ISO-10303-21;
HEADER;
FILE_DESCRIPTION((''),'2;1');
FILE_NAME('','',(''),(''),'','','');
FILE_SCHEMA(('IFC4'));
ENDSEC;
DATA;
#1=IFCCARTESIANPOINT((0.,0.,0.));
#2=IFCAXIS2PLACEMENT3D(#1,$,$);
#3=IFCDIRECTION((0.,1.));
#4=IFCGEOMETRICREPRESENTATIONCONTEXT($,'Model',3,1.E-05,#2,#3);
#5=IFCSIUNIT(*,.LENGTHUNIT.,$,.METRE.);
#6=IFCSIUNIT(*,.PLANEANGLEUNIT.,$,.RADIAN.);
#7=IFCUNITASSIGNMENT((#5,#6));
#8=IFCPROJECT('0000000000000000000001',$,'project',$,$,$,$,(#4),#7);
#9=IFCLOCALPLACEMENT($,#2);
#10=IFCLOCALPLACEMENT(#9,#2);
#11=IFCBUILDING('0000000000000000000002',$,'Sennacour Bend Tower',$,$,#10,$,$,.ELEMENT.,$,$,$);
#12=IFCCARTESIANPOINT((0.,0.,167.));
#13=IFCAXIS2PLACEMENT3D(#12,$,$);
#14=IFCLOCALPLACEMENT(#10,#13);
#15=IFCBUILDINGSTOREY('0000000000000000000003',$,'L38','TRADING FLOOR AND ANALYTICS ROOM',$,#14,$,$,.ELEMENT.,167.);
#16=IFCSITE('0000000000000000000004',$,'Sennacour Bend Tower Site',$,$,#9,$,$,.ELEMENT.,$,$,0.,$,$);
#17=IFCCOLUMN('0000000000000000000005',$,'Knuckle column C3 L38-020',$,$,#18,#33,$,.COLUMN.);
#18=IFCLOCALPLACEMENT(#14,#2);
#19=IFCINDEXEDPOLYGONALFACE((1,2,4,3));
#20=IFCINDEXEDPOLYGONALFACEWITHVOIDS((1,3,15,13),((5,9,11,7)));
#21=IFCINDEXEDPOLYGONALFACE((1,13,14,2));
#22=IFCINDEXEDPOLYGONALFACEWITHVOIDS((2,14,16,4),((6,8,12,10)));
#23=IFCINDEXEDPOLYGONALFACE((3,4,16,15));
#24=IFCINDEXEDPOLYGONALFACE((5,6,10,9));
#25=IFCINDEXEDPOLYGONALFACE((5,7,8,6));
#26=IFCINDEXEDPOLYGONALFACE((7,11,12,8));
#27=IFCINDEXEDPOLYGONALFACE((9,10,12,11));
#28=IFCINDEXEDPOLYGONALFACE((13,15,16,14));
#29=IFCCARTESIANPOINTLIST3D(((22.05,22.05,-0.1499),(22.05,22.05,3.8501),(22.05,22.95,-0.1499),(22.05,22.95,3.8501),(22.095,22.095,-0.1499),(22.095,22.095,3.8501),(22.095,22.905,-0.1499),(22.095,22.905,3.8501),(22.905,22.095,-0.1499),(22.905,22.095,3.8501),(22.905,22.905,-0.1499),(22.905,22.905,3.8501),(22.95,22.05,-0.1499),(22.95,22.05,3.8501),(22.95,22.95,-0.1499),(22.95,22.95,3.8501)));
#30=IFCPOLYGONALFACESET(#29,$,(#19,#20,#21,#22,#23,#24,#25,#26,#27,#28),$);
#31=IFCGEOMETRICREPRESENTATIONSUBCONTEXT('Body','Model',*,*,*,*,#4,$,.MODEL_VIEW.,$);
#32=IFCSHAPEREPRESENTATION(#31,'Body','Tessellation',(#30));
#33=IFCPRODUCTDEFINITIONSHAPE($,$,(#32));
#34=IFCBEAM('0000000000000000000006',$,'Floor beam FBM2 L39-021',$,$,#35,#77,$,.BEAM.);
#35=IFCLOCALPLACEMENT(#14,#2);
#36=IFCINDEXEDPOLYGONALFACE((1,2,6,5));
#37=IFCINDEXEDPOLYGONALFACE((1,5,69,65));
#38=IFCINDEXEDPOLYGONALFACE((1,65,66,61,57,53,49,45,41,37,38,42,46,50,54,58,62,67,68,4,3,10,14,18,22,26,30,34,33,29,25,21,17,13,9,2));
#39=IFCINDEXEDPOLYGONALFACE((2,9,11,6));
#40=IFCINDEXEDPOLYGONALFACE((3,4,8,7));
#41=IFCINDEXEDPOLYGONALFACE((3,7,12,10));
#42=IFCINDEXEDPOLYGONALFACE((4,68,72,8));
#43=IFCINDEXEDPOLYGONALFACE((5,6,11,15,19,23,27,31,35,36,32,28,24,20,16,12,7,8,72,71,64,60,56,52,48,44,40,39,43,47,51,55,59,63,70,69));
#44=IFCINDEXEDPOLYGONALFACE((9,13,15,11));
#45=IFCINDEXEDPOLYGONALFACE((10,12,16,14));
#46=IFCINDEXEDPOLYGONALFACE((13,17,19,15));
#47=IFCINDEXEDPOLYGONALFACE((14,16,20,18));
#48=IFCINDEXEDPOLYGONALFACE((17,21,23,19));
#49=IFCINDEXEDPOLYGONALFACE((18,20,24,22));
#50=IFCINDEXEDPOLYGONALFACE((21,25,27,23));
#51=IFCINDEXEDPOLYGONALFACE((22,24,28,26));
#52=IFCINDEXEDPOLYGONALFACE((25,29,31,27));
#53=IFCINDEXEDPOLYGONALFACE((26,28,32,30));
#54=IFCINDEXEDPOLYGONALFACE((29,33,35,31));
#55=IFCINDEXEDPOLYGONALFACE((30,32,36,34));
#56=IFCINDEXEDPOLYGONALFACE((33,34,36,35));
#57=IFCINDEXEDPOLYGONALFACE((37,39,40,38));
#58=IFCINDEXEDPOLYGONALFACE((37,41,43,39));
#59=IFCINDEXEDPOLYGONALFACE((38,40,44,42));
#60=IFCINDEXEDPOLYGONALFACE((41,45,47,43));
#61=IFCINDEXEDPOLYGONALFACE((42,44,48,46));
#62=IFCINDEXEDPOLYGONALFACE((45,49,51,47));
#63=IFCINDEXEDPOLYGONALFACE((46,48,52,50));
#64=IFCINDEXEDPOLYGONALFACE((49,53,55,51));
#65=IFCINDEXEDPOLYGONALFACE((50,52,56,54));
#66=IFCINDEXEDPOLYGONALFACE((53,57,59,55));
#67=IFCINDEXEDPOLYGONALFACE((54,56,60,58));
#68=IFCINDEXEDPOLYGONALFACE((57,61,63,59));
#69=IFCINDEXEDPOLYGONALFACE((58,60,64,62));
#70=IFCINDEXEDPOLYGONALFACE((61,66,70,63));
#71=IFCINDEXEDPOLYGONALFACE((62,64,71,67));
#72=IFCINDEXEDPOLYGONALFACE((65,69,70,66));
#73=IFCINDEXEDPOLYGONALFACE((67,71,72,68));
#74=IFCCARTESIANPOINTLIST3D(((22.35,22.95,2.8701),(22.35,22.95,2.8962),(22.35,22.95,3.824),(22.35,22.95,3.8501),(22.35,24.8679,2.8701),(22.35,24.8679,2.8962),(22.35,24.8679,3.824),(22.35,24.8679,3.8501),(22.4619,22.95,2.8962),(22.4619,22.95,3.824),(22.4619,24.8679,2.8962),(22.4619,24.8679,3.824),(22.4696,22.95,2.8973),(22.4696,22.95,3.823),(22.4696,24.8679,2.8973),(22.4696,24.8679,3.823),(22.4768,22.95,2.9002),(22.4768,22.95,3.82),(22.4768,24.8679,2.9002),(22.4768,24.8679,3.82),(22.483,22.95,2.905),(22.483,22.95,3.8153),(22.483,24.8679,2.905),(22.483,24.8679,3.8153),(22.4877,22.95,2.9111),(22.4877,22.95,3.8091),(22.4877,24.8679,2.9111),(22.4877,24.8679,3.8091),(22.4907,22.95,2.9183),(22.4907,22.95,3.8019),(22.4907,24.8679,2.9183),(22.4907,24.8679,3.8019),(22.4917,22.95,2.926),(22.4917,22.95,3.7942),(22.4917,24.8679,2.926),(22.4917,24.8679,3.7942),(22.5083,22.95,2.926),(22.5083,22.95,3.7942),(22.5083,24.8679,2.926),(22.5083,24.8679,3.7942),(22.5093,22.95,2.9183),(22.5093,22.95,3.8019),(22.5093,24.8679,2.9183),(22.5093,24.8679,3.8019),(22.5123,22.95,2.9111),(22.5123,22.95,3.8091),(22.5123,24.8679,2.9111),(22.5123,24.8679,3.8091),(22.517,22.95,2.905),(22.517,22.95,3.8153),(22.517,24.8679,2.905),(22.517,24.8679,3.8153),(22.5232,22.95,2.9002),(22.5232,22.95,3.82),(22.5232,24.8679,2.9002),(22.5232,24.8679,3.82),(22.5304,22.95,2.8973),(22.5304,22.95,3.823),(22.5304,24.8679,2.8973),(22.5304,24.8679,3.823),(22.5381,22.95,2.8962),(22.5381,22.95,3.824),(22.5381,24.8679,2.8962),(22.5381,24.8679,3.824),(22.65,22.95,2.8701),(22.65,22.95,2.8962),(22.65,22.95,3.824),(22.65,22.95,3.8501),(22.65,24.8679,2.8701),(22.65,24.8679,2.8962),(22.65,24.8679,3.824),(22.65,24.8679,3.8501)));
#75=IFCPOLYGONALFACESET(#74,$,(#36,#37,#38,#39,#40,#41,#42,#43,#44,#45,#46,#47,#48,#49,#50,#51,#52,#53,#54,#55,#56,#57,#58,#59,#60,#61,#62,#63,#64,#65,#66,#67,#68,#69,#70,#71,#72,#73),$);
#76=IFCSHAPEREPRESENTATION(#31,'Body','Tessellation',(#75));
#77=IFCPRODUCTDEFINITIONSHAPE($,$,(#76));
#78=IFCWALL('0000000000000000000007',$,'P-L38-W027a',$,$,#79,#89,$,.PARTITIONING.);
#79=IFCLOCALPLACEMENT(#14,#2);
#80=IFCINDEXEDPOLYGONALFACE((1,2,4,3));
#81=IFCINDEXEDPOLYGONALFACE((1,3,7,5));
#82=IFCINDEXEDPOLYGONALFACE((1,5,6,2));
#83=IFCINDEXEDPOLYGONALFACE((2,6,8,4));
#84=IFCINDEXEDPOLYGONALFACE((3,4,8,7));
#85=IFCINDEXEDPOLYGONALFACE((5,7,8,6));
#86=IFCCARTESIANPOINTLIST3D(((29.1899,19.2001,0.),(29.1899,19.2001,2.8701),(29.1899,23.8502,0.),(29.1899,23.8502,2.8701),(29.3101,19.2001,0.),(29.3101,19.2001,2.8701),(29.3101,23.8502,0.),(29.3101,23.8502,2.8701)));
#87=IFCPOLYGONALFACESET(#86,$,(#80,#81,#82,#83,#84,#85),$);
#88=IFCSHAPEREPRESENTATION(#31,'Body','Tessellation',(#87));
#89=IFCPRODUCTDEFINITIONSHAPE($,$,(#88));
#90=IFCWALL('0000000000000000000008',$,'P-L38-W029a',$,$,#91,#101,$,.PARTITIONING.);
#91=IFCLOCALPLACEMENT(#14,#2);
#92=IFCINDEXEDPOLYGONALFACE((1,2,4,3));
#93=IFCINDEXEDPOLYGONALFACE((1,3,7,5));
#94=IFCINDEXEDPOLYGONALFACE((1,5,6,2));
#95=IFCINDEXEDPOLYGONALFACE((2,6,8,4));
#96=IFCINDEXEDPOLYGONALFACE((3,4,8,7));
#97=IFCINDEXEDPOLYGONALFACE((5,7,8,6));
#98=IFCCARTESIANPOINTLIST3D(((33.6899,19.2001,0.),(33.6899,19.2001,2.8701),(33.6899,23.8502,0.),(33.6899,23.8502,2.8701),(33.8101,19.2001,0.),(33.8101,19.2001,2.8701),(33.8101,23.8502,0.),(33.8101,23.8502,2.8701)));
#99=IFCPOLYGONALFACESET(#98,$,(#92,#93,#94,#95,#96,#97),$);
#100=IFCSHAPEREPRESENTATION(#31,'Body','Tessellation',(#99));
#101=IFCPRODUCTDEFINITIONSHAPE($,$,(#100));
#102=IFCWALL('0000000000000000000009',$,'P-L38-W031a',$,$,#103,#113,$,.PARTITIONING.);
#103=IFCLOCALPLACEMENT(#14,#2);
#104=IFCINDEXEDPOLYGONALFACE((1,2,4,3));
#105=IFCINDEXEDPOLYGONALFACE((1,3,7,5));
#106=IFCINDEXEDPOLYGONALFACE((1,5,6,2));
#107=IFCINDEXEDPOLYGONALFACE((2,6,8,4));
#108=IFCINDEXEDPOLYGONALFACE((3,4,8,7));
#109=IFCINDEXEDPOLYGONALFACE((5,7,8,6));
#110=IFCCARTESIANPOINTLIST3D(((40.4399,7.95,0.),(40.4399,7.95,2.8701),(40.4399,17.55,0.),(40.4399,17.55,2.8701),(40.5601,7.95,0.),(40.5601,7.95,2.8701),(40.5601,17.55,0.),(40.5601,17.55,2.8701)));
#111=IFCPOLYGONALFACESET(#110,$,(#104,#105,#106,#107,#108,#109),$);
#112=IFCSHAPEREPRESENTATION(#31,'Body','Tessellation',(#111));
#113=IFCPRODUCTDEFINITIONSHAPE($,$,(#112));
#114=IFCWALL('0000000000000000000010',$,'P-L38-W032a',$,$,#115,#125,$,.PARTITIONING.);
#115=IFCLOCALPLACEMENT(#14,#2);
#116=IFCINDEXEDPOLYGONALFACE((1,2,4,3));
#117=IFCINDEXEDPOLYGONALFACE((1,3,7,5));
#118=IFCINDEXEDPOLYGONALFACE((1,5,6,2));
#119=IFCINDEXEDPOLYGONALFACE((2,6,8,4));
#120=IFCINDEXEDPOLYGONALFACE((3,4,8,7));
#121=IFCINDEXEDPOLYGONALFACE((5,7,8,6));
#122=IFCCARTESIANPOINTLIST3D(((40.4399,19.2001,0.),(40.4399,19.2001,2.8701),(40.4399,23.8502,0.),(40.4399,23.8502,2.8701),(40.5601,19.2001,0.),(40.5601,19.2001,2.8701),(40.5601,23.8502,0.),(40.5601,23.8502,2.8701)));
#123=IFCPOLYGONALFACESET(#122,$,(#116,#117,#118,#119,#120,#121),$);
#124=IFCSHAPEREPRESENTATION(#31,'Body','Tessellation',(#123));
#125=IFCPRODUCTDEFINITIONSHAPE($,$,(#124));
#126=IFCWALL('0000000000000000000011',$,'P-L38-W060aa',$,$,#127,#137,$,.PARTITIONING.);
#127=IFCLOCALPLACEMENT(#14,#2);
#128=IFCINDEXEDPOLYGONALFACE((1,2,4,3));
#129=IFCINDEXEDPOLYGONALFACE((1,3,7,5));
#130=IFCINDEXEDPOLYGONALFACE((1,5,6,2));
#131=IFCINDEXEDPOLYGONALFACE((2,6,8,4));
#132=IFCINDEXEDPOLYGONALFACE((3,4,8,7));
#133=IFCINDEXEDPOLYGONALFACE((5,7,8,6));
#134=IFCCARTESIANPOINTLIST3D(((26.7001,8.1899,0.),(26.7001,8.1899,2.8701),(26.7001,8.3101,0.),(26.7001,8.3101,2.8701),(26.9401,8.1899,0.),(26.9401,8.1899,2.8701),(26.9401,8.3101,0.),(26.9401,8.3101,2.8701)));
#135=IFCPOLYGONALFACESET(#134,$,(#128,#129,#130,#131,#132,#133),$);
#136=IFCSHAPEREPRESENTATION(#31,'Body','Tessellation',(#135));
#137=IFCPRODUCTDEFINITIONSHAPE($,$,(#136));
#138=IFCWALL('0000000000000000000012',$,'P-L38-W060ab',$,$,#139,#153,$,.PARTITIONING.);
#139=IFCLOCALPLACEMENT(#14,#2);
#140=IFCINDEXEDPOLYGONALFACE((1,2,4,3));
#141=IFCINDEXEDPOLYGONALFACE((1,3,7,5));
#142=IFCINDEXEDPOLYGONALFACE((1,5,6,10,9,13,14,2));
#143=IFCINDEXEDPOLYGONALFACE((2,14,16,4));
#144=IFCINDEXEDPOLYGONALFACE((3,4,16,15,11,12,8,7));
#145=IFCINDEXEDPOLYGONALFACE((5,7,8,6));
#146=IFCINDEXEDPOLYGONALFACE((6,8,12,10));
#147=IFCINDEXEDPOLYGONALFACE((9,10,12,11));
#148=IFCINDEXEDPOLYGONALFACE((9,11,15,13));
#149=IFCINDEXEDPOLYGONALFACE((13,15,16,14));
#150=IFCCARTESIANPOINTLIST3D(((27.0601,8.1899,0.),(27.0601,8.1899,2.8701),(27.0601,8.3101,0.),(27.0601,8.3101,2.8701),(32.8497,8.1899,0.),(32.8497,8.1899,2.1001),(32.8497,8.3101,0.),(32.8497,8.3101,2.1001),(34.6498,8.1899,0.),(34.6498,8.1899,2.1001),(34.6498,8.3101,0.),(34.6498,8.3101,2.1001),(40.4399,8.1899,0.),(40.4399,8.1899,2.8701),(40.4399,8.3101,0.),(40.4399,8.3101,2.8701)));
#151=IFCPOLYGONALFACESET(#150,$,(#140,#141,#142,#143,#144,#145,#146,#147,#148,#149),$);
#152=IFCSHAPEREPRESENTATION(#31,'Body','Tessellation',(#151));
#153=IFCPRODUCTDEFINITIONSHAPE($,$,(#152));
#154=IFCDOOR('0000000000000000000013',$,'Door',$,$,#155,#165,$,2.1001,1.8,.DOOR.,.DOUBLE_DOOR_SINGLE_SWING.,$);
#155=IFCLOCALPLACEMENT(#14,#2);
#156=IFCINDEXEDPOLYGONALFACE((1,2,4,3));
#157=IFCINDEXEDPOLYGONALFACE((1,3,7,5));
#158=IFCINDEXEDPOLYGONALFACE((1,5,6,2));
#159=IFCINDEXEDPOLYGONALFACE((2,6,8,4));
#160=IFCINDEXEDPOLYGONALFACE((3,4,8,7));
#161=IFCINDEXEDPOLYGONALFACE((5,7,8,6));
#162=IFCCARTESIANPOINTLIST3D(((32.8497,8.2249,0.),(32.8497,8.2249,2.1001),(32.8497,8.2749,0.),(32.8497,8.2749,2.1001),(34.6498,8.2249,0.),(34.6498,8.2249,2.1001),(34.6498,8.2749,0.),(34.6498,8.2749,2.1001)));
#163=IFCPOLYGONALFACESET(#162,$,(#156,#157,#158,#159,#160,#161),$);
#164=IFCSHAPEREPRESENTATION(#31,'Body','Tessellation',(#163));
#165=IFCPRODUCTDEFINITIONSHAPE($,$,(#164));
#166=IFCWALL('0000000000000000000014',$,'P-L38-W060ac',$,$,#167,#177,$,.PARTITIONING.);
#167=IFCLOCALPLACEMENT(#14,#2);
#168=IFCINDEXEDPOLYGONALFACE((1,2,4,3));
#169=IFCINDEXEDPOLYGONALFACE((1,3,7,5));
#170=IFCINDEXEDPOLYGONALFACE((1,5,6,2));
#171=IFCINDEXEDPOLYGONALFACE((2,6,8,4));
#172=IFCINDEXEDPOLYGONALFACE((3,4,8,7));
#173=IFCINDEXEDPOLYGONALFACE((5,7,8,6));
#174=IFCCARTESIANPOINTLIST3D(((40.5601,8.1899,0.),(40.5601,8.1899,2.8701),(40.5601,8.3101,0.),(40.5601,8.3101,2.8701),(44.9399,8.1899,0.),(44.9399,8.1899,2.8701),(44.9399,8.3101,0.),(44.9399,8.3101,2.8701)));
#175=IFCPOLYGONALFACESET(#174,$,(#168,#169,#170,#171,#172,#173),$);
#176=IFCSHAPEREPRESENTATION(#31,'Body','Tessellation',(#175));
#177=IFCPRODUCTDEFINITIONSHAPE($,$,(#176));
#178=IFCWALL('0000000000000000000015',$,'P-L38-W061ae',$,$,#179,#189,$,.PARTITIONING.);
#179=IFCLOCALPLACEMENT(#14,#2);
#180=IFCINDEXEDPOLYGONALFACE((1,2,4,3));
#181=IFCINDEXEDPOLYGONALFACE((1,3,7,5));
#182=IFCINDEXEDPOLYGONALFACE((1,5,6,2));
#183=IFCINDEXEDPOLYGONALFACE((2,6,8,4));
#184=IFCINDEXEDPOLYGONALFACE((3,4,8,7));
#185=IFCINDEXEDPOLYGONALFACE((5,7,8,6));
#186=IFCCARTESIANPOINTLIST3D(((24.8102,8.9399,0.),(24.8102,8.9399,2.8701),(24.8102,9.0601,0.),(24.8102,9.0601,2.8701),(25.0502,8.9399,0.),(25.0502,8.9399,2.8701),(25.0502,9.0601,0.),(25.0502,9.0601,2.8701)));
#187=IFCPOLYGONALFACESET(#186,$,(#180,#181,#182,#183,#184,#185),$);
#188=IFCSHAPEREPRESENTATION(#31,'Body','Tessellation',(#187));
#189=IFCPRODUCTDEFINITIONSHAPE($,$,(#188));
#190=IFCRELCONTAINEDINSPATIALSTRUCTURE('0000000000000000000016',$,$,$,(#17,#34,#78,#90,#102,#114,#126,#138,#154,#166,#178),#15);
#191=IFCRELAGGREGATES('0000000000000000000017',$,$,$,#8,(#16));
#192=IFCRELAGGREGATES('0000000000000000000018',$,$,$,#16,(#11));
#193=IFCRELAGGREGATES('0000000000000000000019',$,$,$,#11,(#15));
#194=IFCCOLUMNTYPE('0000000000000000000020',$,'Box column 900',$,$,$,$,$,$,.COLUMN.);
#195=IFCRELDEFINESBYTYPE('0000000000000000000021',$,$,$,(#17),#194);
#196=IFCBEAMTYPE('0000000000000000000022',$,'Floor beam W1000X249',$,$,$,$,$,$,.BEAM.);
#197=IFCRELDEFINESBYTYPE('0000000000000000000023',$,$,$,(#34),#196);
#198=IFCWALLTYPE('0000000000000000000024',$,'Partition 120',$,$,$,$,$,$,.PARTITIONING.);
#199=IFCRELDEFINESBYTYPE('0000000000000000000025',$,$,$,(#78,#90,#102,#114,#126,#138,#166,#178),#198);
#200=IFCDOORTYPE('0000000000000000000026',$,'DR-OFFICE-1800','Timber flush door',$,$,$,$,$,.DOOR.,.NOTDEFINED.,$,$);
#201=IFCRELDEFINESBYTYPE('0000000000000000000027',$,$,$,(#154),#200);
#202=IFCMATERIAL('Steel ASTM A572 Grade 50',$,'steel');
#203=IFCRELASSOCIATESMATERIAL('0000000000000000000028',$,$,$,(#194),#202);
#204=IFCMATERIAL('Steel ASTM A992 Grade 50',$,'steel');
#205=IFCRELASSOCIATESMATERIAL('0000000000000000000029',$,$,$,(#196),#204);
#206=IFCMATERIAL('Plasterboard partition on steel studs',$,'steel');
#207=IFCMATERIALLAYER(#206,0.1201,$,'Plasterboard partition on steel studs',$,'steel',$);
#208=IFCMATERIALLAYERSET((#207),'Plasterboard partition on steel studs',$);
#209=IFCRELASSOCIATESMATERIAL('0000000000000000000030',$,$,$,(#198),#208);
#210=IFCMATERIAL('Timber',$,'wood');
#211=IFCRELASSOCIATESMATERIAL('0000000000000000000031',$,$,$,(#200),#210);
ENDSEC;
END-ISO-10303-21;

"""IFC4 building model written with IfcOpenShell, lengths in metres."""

from ifc_helpers import new_model, si_unit, direction, frame, frame_2d, origin, origin_2d, place, context, subcontext, project, spatial, rectangle, hollow_rectangle, i_section, extrude, material, layer, layer_set, material_profile, profile_set, type_object, element, fill, save


model = new_model("IFC4")

# Units and contexts
model_context = context("Model", 3, precision=1e-05, world=origin(), true_north=direction((0.0, 1.0)))
body_context = subcontext(model_context, "Body", "Model", "MODEL_VIEW")
ifc_project = project(units=[si_unit("LENGTHUNIT", "METRE"), si_unit("PLANEANGLEUNIT", "RADIAN")], contexts=[model_context])

# Site, building, storey
site_placement = place(None, origin())
site = spatial("IfcSite", under=ifc_project, at=site_placement, Name="Sennacour Bend Tower Site", CompositionType="ELEMENT", RefElevation=0.0)
building_placement = place(site_placement, origin())
building = spatial("IfcBuilding", under=site, at=building_placement, Name="Sennacour Bend Tower", CompositionType="ELEMENT")
storey_placement = place(building_placement, frame((0.0, 0.0, 167.0)))
storey = spatial("IfcBuildingStorey", under=building, at=storey_placement, Name="L38", Description="TRADING FLOOR AND ANALYTICS ROOM", CompositionType="ELEMENT", Elevation=167.0)

# Column
ifc_material_1 = material(Name="Steel ASTM A572 Grade 50", Category="steel")
ifc_material_profile_1 = material_profile(ifc_material_1, hollow_rectangle(XDim=0.8999, YDim=0.8999, WallThickness=0.0449, at=origin_2d()), Name="Steel ASTM A572 Grade 50", Category="steel")
ifc_profile_set_1 = profile_set([ifc_material_profile_1], Name="Steel ASTM A572 Grade 50")
column_type = type_object("IfcColumnType", Name="Box column 900", PredefinedType="COLUMN", material=ifc_profile_set_1)
column_placement = place(storey_placement, frame((22.5, 22.5, -0.1499), z_axis=(0.0, 0.0, 1.0), x_axis=(1.0, 0.0, 0.0)))
element("IfcColumn", 1, at=column_placement, inside=storey, type_object=column_type, Name="Knuckle column C3 L38-020", PredefinedType="COLUMN", context=body_context, shape_type="SweptSolid", body=[
    extrude(hollow_rectangle(XDim=0.8999, YDim=0.8999, WallThickness=0.0449, at=origin_2d()), origin(), (0.0, 0.0, 1.0), 4.0),
])

# Beam
ifc_material_2 = material(Name="Steel ASTM A992 Grade 50", Category="steel")
ifc_material_profile_2 = material_profile(ifc_material_2, i_section(OverallWidth=0.3, OverallDepth=0.98, WebThickness=0.0166, FlangeThickness=0.0261, FilletRadius=0.0298, at=origin_2d()), Name="Steel ASTM A992 Grade 50", Category="steel")
ifc_profile_set_2 = profile_set([ifc_material_profile_2], Name="Steel ASTM A992 Grade 50")
beam_type = type_object("IfcBeamType", Name="Floor beam W1000X249", PredefinedType="BEAM", material=ifc_profile_set_2)
beam_placement = place(storey_placement, frame((22.5, 22.95, 3.3601), z_axis=(0.0, 1.0, 0.0), x_axis=(-1.0, 0.0, 0.0)))
element("IfcBeam", 2, at=beam_placement, inside=storey, type_object=beam_type, Name="Floor beam FBM2 L39-021", PredefinedType="BEAM", context=body_context, shape_type="SweptSolid", body=[
    extrude(i_section(OverallWidth=0.3, OverallDepth=0.98, WebThickness=0.0166, FlangeThickness=0.0261, FilletRadius=0.0298, at=origin_2d()), origin(), (0.0, 0.0, 1.0), 1.918),
])

# Walls
ifc_material_3 = material(Name="Plasterboard partition on steel studs", Category="steel")
ifc_layer = layer(ifc_material_3, 0.1201, Name="Plasterboard partition on steel studs", Category="steel")
ifc_layer_set = layer_set([ifc_layer], Name="Plasterboard partition on steel studs")
wall_type = type_object("IfcWallType", Name="Partition 120", PredefinedType="PARTITIONING", material=ifc_layer_set)
for number, where, z_axis, x_axis, name in (
    (3, (29.25, 19.2, 0.0), (0.0, 0.0, 1.0), (0.0, 1.0, 0.0), "P-L38-W027a"),
    (4, (33.75, 19.2, 0.0), (0.0, 0.0, 1.0), (0.0, 1.0, 0.0), "P-L38-W029a"),
):
    element("IfcWall", number, at=place(storey_placement, frame(where, z_axis=z_axis, x_axis=x_axis)), inside=storey, type_object=wall_type, Name=name, PredefinedType="PARTITIONING", context=body_context, shape_type="SweptSolid", body=[
        extrude(rectangle(XDim=4.6501, YDim=0.1201, at=frame_2d((2.3252, 0.0))), origin(), (0.0, 0.0, 1.0), 2.8701),
    ])
wall_1_placement = place(storey_placement, frame((40.5, 7.95, 0.0), z_axis=(0.0, 0.0, 1.0), x_axis=(0.0, 1.0, 0.0)))
element("IfcWall", 5, at=wall_1_placement, inside=storey, type_object=wall_type, Name="P-L38-W031a", PredefinedType="PARTITIONING", context=body_context, shape_type="SweptSolid", body=[
    extrude(rectangle(XDim=9.6001, YDim=0.1201, at=frame_2d((4.8, 0.0))), origin(), (0.0, 0.0, 1.0), 2.8701),
])
wall_2_placement = place(storey_placement, frame((40.5, 19.2, 0.0), z_axis=(0.0, 0.0, 1.0), x_axis=(0.0, 1.0, 0.0)))
element("IfcWall", 6, at=wall_2_placement, inside=storey, type_object=wall_type, Name="P-L38-W032a", PredefinedType="PARTITIONING", context=body_context, shape_type="SweptSolid", body=[
    extrude(rectangle(XDim=4.6501, YDim=0.1201, at=frame_2d((2.3252, 0.0))), origin(), (0.0, 0.0, 1.0), 2.8701),
])
wall_3_placement = place(storey_placement, frame((26.7, 8.25, 0.0), z_axis=(0.0, 0.0, 1.0), x_axis=(1.0, 0.0, 0.0)))
element("IfcWall", 7, at=wall_3_placement, inside=storey, type_object=wall_type, Name="P-L38-W060aa", PredefinedType="PARTITIONING", context=body_context, shape_type="SweptSolid", body=[
    extrude(rectangle(XDim=0.24, YDim=0.1201, at=frame_2d((0.1201, 0.0))), origin(), (0.0, 0.0, 1.0), 2.8701),
])

# Wall, opening, door
wall_4_placement = place(storey_placement, frame((27.0601, 8.25, 0.0), z_axis=(0.0, 0.0, 1.0), x_axis=(1.0, 0.0, 0.0)))
wall_4 = element("IfcWall", 8, at=wall_4_placement, inside=storey, type_object=wall_type, Name="P-L38-W060ab", PredefinedType="PARTITIONING", context=body_context, shape_type="SweptSolid", body=[
    extrude(rectangle(XDim=13.3799, YDim=0.1201, at=frame_2d((6.6899, 0.0))), origin(), (0.0, 0.0, 1.0), 2.8701),
])
opening_1_placement = place(wall_4_placement, frame((5.7898, 0.0, 0.0)))
opening_1 = element("IfcOpeningElement", 9, at=opening_1_placement, cuts=wall_4, PredefinedType="OPENING", context=body_context, shape_type="SweptSolid", body=[
    extrude(rectangle(XDim=1.8, YDim=2.1001, at=frame_2d((0.8999, 1.05))), frame((0.0, 0.0701, 0.0), z_axis=(0.0, -1.0, 0.0), x_axis=(1.0, 0.0, 0.0)), (0.0, 0.0, 1.0), 0.1401),
])
ifc_material_4 = material(Name="Timber", Category="wood")
door_type_1 = type_object("IfcDoorType", Name="DR-OFFICE-1800", Description="Timber flush door", OperationType="NOTDEFINED", PredefinedType="DOOR", material=ifc_material_4)
door_1_placement = place(opening_1_placement, origin())
door_1 = element("IfcDoor", 10, at=door_1_placement, inside=storey, type_object=door_type_1, Name="Door", OperationType="DOUBLE_DOOR_SINGLE_SWING", OverallHeight=2.1001, OverallWidth=1.8, PredefinedType="DOOR", context=body_context, shape_type="SweptSolid", body=[
    extrude(rectangle(XDim=1.8, YDim=2.1001, at=frame_2d((0.8999, 1.05))), frame((0.0, 0.0249, 0.0), z_axis=(0.0, -1.0, 0.0), x_axis=(1.0, 0.0, 0.0)), (0.0, 0.0, 1.0), 0.05),
])
fill(opening_1, door_1)

# Walls
wall_5_placement = place(storey_placement, frame((40.5601, 8.25, 0.0), z_axis=(0.0, 0.0, 1.0), x_axis=(1.0, 0.0, 0.0)))
element("IfcWall", 11, at=wall_5_placement, inside=storey, type_object=wall_type, Name="P-L38-W060ac", PredefinedType="PARTITIONING", context=body_context, shape_type="SweptSolid", body=[
    extrude(rectangle(XDim=4.3799, YDim=0.1201, at=frame_2d((2.1899, 0.0))), origin(), (0.0, 0.0, 1.0), 2.8701),
])
for number, where, z_axis, x_axis, name in (
    (12, (24.8101, 9.0, 0.0), (0.0, 0.0, 1.0), (1.0, 0.0, 0.0), "P-L38-W061ae"),
):
    element("IfcWall", number, at=place(storey_placement, frame(where, z_axis=z_axis, x_axis=x_axis)), inside=storey, type_object=wall_type, Name=name, PredefinedType="PARTITIONING", context=body_context, shape_type="SweptSolid", body=[
        extrude(rectangle(XDim=0.24, YDim=0.1201, at=frame_2d((0.1201, 0.0))), origin(), (0.0, 0.0, 1.0), 2.8701),
    ])

save(model, "model.ifc")
